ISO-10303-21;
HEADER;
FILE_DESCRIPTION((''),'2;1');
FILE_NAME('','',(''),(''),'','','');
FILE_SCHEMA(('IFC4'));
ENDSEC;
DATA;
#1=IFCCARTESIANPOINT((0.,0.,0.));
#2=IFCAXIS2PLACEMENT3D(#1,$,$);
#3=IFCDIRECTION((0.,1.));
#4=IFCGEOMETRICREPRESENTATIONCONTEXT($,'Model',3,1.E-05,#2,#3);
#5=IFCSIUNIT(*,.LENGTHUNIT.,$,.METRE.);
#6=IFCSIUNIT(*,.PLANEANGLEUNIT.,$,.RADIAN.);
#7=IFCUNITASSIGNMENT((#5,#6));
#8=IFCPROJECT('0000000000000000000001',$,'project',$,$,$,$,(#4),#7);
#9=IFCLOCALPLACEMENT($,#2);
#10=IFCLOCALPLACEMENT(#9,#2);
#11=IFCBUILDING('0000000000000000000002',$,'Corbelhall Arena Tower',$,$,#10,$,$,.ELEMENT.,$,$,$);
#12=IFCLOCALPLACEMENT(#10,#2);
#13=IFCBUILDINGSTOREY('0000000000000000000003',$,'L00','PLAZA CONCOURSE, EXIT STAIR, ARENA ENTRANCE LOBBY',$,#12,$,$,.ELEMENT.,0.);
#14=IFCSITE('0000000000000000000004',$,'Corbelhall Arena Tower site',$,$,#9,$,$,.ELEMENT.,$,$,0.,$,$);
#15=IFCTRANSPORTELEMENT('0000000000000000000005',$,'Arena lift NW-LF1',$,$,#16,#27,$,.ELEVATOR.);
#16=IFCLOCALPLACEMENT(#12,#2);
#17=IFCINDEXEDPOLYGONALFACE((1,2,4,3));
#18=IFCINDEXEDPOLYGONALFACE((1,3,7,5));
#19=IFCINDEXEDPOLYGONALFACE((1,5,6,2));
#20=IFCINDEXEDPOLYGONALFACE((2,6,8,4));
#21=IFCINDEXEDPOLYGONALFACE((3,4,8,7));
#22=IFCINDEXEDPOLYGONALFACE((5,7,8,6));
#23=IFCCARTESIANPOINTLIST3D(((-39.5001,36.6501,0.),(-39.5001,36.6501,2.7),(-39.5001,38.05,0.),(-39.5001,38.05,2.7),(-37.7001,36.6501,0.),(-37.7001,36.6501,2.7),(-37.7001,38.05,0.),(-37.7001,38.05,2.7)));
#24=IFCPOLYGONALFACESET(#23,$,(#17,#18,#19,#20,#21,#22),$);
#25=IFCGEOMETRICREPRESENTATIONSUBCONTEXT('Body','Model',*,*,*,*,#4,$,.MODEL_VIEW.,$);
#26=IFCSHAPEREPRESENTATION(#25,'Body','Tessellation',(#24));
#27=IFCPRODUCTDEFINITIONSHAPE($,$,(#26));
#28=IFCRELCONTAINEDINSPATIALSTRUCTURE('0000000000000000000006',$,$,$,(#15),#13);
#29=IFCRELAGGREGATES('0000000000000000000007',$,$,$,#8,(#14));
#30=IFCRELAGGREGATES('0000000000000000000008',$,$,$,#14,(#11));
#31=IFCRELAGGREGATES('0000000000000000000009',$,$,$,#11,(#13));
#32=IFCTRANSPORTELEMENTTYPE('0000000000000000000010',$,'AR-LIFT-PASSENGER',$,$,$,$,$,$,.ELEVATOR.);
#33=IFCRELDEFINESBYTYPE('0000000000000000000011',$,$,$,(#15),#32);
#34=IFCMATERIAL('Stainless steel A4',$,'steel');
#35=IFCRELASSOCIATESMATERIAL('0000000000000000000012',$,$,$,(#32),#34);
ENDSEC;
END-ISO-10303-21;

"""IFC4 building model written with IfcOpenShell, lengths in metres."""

from ifc_helpers import new_model, si_unit, direction, frame, origin, origin_2d, place, context, subcontext, project, spatial, rectangle, extrude, material, type_object, element, save


model = new_model("IFC4")

# Units and contexts
model_context = context("Model", 3, precision=1e-05, world=origin(), true_north=direction((0.0, 1.0)))
body_context = subcontext(model_context, "Body", "Model", "MODEL_VIEW")
ifc_project = project(units=[si_unit("LENGTHUNIT", "METRE"), si_unit("PLANEANGLEUNIT", "RADIAN")], contexts=[model_context])

# Site, building, storey
site_placement = place(None, origin())
site = spatial("IfcSite", under=ifc_project, at=site_placement, Name="Corbelhall Arena Tower site", CompositionType="ELEMENT", RefElevation=0.0)
building_placement = place(site_placement, origin())
building = spatial("IfcBuilding", under=site, at=building_placement, Name="Corbelhall Arena Tower", CompositionType="ELEMENT")
storey_placement = place(building_placement, origin())
storey = spatial("IfcBuildingStorey", under=building, at=storey_placement, Name="L00", Description="PLAZA CONCOURSE, EXIT STAIR, ARENA ENTRANCE LOBBY", CompositionType="ELEMENT", Elevation=0.0)

# Shared definitions
ifc_material_1 = material(Name="Stainless steel A4", Category="steel")

# Transport element
transport_element_type_1 = type_object("IfcTransportElementType", Name="AR-LIFT-PASSENGER", PredefinedType="ELEVATOR", material=ifc_material_1)
transport_element_placement = place(storey_placement, frame((-38.6001, 37.3501, 0.0), z_axis=(0.0, 0.0, 1.0), x_axis=(1.0, 0.0, 0.0)))
element("IfcTransportElement", 1, at=transport_element_placement, inside=storey, type_object=transport_element_type_1, Name="Arena lift NW-LF1", PredefinedType="ELEVATOR", context=body_context, shape_type="SweptSolid", body=[
    extrude(rectangle(XDim=1.8, YDim=1.3999, at=origin_2d()), origin(), (0.0, 0.0, 1.0), 2.7),
])

save(model, "model.ifc")
